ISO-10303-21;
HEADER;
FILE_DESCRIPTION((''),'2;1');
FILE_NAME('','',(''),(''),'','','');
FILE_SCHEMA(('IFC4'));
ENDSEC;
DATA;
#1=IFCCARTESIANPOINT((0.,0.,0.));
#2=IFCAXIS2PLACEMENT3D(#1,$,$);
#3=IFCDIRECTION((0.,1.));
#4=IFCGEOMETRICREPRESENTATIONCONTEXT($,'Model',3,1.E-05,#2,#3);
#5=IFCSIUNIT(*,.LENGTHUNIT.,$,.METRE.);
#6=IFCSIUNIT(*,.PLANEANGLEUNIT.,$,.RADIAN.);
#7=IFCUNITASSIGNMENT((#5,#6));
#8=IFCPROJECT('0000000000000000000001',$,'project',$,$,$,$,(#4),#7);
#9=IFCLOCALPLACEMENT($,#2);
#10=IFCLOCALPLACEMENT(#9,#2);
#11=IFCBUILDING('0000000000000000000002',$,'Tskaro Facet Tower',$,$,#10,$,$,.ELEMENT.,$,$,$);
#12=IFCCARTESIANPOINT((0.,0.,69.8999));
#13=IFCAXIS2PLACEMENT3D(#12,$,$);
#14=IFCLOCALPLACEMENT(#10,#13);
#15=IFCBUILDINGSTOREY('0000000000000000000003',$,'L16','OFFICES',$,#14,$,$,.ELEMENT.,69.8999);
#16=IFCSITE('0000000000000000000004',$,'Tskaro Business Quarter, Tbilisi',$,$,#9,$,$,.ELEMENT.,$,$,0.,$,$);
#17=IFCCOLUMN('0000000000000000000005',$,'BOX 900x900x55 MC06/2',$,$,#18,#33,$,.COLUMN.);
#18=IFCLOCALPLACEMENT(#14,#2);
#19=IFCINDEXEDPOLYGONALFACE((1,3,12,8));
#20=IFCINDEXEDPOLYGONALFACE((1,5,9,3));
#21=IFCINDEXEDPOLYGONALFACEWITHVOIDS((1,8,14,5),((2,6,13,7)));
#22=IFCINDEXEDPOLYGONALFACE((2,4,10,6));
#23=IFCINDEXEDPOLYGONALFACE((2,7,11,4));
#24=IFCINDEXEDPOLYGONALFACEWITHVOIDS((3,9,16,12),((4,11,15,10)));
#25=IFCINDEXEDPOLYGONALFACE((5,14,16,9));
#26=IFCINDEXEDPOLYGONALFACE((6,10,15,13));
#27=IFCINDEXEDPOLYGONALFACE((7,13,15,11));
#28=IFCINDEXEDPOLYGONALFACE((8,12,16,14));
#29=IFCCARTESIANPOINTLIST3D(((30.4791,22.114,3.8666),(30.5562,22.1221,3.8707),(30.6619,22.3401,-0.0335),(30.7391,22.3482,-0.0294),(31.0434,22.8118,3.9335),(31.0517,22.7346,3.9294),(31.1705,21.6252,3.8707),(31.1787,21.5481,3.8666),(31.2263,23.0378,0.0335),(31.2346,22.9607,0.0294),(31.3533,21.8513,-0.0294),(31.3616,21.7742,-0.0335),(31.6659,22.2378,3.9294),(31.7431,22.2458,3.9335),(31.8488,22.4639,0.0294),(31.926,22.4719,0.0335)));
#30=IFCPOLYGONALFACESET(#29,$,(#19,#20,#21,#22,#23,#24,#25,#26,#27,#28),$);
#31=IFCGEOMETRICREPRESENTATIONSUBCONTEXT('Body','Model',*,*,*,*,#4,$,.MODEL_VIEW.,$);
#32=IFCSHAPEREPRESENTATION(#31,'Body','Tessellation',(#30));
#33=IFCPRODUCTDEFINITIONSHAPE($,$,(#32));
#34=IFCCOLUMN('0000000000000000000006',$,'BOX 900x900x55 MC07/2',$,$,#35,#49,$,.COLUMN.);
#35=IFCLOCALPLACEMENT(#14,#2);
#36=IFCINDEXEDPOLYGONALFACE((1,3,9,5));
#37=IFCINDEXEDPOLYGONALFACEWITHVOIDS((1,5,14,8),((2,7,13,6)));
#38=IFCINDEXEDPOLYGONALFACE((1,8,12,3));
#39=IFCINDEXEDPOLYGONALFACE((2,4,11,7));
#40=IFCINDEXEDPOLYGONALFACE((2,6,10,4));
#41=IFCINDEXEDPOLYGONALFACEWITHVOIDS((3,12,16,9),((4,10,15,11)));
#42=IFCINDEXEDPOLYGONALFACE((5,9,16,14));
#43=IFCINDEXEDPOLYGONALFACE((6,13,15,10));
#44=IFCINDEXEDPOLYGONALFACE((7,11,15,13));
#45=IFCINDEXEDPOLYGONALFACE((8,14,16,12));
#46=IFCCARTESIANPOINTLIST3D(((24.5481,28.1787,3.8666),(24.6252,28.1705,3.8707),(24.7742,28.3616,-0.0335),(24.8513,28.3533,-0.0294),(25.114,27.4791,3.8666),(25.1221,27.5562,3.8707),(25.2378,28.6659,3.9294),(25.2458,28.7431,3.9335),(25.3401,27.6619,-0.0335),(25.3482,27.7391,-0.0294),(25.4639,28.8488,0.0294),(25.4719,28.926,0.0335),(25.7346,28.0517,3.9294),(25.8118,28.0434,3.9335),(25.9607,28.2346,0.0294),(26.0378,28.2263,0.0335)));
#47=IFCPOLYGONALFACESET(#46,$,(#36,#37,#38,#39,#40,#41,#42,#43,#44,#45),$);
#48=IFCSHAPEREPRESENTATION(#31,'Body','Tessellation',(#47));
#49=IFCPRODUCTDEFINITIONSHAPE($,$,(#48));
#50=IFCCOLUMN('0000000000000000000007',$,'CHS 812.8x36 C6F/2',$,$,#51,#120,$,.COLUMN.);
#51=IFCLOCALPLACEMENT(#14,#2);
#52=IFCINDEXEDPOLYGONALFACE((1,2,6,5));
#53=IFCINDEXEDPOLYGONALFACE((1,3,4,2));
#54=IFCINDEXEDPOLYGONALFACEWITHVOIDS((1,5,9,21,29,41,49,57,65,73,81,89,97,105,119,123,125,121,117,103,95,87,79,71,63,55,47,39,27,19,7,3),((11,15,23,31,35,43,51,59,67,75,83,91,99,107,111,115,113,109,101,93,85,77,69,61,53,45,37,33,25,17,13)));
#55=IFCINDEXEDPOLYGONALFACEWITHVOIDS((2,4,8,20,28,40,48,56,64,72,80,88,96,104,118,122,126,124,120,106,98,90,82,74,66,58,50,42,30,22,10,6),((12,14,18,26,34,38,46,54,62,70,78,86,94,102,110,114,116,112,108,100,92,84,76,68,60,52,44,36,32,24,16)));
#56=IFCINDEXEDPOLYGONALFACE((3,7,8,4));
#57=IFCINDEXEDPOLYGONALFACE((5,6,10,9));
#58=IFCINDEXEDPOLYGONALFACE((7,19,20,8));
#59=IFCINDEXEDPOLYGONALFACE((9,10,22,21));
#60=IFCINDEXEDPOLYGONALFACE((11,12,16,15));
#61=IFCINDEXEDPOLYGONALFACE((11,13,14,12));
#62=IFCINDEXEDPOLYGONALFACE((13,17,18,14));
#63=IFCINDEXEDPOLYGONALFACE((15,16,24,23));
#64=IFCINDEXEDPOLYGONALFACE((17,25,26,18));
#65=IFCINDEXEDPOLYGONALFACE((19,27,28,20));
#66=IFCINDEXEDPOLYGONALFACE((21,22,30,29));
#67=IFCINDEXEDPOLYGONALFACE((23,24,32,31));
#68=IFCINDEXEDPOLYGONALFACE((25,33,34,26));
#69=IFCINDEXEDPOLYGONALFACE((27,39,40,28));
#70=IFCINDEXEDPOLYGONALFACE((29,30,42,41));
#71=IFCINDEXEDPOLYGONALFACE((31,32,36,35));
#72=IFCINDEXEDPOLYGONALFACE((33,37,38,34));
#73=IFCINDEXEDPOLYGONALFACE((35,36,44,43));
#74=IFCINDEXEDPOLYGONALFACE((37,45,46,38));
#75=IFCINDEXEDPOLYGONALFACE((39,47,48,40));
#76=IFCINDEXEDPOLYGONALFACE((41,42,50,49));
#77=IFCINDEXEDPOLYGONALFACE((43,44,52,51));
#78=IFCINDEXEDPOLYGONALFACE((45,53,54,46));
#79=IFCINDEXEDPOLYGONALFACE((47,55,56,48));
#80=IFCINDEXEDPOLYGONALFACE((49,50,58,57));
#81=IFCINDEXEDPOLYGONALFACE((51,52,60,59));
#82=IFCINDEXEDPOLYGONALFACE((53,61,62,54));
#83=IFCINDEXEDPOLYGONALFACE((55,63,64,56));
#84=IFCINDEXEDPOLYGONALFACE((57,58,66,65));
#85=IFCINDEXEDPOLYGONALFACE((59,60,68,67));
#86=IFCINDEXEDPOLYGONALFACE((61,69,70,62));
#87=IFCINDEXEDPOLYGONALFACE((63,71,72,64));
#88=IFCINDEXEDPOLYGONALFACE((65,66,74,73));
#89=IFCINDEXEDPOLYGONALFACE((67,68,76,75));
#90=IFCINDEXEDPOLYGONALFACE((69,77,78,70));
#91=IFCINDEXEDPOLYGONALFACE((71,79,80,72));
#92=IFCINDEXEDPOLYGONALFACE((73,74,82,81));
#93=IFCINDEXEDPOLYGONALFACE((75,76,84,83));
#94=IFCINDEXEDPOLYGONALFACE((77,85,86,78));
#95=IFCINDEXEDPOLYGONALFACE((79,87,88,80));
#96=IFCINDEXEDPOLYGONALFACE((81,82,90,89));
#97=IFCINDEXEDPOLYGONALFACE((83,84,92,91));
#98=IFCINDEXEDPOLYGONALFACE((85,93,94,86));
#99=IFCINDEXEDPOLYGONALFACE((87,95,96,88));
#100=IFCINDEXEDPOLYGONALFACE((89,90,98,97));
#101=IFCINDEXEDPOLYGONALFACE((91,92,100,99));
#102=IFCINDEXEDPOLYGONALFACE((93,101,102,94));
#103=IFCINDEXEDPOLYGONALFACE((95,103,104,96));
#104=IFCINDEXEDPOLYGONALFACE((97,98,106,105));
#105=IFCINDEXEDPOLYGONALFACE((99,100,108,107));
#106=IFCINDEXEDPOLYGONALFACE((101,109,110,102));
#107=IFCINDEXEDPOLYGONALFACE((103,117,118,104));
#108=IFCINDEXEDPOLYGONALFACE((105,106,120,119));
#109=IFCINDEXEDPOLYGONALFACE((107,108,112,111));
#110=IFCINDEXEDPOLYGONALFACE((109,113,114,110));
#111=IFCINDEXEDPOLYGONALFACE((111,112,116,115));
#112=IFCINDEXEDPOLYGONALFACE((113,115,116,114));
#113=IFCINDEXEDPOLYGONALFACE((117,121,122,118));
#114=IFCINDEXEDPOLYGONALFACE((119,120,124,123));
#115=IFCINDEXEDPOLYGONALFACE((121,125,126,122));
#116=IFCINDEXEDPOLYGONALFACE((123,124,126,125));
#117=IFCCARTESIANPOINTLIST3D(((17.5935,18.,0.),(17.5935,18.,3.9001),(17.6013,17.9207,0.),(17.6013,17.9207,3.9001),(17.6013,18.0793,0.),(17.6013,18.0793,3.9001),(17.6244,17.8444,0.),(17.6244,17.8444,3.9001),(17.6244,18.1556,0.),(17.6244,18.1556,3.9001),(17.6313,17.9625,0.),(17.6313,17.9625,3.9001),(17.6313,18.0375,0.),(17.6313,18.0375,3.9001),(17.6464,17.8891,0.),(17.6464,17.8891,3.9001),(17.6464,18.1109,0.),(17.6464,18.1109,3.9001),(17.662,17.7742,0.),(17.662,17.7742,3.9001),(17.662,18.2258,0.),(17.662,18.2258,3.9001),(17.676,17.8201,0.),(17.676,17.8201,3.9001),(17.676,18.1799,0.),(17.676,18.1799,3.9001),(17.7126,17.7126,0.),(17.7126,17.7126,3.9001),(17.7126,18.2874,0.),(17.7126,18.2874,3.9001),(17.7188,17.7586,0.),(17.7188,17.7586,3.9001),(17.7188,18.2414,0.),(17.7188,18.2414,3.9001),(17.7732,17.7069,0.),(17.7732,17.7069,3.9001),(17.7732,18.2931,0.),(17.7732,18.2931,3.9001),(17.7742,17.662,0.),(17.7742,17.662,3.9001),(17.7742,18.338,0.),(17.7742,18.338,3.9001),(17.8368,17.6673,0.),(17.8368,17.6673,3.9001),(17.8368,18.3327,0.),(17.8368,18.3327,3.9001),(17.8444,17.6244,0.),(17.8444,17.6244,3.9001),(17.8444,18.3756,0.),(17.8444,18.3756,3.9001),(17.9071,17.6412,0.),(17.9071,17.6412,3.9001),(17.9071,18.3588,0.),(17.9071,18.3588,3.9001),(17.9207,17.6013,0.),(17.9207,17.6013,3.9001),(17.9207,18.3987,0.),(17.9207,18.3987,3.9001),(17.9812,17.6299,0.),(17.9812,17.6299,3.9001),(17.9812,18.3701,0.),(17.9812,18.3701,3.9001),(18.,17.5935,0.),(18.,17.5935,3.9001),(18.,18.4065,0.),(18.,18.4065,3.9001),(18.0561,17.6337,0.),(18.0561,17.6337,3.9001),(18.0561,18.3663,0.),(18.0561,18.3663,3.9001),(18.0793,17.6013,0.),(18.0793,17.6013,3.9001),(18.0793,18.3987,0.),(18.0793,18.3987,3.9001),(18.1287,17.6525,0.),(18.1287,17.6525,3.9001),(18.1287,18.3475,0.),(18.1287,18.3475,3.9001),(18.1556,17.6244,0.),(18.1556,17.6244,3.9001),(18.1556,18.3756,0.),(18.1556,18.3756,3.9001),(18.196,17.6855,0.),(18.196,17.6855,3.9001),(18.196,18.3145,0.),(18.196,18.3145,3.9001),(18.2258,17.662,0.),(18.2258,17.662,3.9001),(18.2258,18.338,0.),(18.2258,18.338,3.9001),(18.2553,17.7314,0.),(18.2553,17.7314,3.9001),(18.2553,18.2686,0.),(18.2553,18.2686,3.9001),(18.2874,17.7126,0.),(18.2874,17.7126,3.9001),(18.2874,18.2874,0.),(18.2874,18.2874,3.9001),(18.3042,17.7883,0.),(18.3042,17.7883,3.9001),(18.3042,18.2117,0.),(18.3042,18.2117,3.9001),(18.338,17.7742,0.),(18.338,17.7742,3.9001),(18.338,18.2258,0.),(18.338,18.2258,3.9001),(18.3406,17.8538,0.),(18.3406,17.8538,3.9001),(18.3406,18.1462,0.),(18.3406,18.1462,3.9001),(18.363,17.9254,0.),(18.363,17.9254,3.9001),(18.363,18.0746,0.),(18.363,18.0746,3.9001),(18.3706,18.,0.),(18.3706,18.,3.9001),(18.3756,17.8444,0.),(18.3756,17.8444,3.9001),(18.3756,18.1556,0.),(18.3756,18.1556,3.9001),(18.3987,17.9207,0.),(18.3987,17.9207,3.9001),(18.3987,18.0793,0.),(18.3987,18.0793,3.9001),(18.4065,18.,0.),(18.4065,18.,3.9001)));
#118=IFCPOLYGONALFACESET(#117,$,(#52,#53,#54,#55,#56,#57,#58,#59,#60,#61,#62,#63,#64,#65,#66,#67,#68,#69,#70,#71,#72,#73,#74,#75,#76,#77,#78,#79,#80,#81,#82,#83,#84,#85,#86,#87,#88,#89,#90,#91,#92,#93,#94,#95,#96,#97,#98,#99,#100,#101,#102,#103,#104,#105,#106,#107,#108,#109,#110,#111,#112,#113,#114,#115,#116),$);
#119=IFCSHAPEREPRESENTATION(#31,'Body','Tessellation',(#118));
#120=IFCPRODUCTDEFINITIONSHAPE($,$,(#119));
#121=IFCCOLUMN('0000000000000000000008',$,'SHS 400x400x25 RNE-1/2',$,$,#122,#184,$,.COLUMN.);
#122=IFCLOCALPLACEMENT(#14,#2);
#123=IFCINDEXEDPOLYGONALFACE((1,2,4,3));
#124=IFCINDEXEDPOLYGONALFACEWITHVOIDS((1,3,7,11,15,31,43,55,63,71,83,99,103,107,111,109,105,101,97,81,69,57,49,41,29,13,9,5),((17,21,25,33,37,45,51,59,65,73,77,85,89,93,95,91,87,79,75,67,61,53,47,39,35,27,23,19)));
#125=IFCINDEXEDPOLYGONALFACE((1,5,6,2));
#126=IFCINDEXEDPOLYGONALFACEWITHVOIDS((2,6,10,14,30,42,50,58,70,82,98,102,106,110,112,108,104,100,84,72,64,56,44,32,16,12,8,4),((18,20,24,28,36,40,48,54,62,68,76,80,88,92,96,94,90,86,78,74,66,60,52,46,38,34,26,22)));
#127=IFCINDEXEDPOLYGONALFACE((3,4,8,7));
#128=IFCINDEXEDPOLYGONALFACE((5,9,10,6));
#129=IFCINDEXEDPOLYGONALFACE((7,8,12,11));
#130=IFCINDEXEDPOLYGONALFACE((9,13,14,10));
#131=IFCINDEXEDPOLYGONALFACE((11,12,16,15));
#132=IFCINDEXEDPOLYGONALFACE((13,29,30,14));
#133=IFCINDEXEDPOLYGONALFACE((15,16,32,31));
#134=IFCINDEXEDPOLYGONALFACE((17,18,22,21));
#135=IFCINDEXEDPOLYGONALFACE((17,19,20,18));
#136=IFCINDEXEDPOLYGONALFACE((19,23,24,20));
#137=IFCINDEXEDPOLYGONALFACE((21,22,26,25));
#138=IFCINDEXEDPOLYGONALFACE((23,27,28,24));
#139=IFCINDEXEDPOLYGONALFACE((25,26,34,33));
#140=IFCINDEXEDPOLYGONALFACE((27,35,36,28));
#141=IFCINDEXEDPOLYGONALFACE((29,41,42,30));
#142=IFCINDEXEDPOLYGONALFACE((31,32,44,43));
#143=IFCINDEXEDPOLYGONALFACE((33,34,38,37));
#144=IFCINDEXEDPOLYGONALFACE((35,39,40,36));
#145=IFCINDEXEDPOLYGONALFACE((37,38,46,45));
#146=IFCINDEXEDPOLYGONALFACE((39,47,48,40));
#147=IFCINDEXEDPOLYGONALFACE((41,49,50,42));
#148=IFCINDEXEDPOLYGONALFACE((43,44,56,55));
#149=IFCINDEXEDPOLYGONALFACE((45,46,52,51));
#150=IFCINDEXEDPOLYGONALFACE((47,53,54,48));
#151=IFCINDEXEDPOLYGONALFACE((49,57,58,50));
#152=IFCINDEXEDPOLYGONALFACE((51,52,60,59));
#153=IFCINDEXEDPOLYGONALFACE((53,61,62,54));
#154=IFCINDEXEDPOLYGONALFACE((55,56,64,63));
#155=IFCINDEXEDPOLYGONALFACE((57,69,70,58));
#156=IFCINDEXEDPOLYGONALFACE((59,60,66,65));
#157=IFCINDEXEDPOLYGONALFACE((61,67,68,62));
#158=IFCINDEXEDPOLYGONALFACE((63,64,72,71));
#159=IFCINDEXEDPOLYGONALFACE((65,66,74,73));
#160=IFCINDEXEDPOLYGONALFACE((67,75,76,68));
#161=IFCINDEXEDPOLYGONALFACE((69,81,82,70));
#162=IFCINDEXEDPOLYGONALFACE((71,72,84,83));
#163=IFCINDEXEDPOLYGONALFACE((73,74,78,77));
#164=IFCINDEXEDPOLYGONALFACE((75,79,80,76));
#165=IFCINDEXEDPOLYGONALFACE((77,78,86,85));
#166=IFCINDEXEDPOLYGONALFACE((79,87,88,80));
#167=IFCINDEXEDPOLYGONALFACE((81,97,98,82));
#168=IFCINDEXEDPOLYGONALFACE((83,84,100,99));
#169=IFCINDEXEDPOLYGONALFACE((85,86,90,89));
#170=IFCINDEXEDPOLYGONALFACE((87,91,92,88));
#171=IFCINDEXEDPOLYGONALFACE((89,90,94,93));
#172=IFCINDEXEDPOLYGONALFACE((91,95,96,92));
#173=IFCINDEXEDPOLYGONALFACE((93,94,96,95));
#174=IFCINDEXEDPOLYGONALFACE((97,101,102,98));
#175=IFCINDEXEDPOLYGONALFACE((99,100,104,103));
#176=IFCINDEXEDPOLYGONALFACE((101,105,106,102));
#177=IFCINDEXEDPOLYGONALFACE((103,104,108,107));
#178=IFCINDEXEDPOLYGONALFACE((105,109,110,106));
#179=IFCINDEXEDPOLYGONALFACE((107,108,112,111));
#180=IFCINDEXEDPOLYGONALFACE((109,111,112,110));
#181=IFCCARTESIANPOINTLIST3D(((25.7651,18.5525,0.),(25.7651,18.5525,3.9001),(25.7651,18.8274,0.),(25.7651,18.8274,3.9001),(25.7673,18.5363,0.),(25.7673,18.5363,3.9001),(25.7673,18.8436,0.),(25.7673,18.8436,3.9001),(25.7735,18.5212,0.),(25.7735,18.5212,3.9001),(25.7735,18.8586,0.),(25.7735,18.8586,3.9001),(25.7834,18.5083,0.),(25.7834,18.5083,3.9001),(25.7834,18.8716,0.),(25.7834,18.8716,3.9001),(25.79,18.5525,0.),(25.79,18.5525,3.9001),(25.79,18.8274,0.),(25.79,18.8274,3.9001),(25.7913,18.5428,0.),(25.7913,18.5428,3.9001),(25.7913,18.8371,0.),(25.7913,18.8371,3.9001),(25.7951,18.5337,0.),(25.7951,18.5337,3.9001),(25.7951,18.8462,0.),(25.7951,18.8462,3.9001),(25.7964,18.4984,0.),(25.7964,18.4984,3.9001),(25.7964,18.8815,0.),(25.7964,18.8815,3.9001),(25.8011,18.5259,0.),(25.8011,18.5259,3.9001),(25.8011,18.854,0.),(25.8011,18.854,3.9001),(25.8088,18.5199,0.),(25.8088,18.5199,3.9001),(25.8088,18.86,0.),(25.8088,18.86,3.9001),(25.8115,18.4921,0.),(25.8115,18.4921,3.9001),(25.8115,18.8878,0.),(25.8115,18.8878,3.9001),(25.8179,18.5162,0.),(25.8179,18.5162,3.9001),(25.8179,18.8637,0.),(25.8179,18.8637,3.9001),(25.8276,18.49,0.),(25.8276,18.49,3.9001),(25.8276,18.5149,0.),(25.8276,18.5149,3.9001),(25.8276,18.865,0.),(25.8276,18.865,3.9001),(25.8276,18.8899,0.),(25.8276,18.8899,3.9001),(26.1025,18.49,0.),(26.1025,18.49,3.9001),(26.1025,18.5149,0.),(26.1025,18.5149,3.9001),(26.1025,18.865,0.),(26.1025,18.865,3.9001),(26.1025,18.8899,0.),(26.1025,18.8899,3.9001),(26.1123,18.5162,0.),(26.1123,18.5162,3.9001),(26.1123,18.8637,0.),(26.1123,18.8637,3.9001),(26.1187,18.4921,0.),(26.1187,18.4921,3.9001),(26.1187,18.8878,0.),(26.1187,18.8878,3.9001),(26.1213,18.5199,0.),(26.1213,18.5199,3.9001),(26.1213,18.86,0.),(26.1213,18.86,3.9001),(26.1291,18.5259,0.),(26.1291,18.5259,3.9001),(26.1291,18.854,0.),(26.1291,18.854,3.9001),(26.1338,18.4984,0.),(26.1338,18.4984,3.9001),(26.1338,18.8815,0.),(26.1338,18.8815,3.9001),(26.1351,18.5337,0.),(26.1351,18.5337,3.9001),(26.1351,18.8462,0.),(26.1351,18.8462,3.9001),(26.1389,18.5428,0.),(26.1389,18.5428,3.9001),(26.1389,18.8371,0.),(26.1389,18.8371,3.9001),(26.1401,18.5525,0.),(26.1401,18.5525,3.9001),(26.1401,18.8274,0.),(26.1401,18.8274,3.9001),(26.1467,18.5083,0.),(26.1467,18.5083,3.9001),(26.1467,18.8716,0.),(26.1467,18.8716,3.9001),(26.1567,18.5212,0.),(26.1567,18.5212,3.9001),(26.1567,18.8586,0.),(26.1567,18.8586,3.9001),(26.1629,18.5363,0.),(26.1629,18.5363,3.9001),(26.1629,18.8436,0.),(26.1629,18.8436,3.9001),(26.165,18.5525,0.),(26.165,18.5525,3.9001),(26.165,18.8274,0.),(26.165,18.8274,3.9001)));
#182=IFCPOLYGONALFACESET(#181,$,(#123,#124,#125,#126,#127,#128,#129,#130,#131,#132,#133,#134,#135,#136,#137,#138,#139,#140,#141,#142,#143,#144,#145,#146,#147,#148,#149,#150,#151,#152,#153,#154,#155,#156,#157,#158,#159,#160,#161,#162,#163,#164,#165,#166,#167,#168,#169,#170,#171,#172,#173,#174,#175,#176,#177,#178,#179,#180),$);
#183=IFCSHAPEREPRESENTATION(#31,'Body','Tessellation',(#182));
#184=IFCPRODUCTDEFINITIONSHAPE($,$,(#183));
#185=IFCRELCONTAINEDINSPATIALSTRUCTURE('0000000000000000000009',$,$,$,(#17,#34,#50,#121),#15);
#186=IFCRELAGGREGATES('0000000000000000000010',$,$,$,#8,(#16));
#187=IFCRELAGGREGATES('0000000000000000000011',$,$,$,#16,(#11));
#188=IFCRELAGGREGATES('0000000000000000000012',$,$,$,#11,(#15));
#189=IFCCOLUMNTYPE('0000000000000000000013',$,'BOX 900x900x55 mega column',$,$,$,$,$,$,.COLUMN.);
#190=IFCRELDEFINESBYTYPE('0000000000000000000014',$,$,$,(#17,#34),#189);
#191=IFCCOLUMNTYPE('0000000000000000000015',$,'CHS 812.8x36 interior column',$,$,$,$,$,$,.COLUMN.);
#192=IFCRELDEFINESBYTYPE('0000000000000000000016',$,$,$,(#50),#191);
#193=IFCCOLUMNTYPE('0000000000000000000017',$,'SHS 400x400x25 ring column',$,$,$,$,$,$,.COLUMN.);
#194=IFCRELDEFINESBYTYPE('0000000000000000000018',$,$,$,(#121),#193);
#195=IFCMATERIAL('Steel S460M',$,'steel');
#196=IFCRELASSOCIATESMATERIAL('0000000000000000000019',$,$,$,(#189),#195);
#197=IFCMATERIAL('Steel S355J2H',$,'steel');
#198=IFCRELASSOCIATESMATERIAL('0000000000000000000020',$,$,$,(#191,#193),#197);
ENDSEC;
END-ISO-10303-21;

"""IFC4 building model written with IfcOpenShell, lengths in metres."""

from ifc_helpers import new_model, si_unit, direction, frame, origin, origin_2d, place, context, subcontext, project, spatial, hollow_rectangle, hollow_circle, extrude, material, material_profile, profile_set, type_object, element, save


model = new_model("IFC4")

# Units and contexts
model_context = context("Model", 3, precision=1e-05, world=origin(), true_north=direction((0.0, 1.0)))
body_context = subcontext(model_context, "Body", "Model", "MODEL_VIEW")
ifc_project = project(units=[si_unit("LENGTHUNIT", "METRE"), si_unit("PLANEANGLEUNIT", "RADIAN")], contexts=[model_context])

# Site, building, storey
site_placement = place(None, origin())
site = spatial("IfcSite", under=ifc_project, at=site_placement, Name="Tskaro Business Quarter, Tbilisi", CompositionType="ELEMENT", RefElevation=0.0)
building_placement = place(site_placement, origin())
building = spatial("IfcBuilding", under=site, at=building_placement, Name="Tskaro Facet Tower", CompositionType="ELEMENT")
storey_placement = place(building_placement, frame((0.0, 0.0, 69.8999)))
storey = spatial("IfcBuildingStorey", under=building, at=storey_placement, Name="L16", Description="OFFICES", CompositionType="ELEMENT", Elevation=69.8999)

# Columns
ifc_material_1 = material(Name="Steel S460M", Category="steel")
ifc_material_profile_1 = material_profile(ifc_material_1, hollow_rectangle(XDim=0.8999, YDim=0.8999, WallThickness=0.0549, at=origin_2d()), Name="BOX 900x900x55")
ifc_profile_set_1 = profile_set([ifc_material_profile_1], Name="Steel S460M")
column_type_1 = type_object("IfcColumnType", Name="BOX 900x900x55 mega column", PredefinedType="COLUMN", material=ifc_profile_set_1)
for number, where, z_axis, x_axis, name in (
    (1, (31.2939, 22.406, 0.0), (-0.046756, -0.057805, 0.997232), (0.777499, -0.628884, 0.0), "BOX 900x900x55 MC06/2"),
    (2, (25.406, 28.2939, 0.0), (-0.057805, -0.046756, 0.997232), (0.628884, -0.777499, 0.0), "BOX 900x900x55 MC07/2"),
):
    element("IfcColumn", number, at=place(storey_placement, frame(where, z_axis=z_axis, x_axis=x_axis)), inside=storey, type_object=column_type_1, Name=name, PredefinedType="COLUMN", context=body_context, shape_type="SweptSolid", body=[
        extrude(hollow_rectangle(XDim=0.8999, YDim=0.8999, WallThickness=0.0549, at=origin_2d()), origin(), (0.0, 0.0, 1.0), 3.9109),
    ])
ifc_material_2 = material(Name="Steel S355J2H", Category="steel")
ifc_material_profile_2 = material_profile(ifc_material_2, hollow_circle(Radius=0.4065, WallThickness=0.0359, at=origin_2d()), Name="CHS 812.8x36")
ifc_profile_set_2 = profile_set([ifc_material_profile_2], Name="Steel S355J2H")
column_type_2 = type_object("IfcColumnType", Name="CHS 812.8x36 interior column", PredefinedType="COLUMN", material=ifc_profile_set_2)
column_placement = place(storey_placement, frame((18.0, 18.0, 0.0), z_axis=(0.0, 0.0, 1.0), x_axis=(1.0, 0.0, 0.0)))
element("IfcColumn", 3, at=column_placement, inside=storey, type_object=column_type_2, Name="CHS 812.8x36 C6F/2", PredefinedType="COLUMN", context=body_context, shape_type="SweptSolid", body=[
    extrude(hollow_circle(Radius=0.4065, WallThickness=0.0359, at=origin_2d()), origin(), (0.0, 0.0, 1.0), 3.9001),
])
ifc_material_profile_3 = material_profile(ifc_material_2, hollow_rectangle(XDim=0.3999, YDim=0.3999, WallThickness=0.0249, InnerFilletRadius=0.0376, OuterFilletRadius=0.0625, at=origin_2d()), Name="SHS 400x400x25")
ifc_profile_set_3 = profile_set([ifc_material_profile_3], Name="Steel S355J2H")
column_type_3 = type_object("IfcColumnType", Name="SHS 400x400x25 ring column", PredefinedType="COLUMN", material=ifc_profile_set_3)
for number, where, z_axis, x_axis, name in (
    (4, (25.9651, 18.6899, 0.0), (0.0, 0.0, 1.0), (1.0, 0.0, 0.0), "SHS 400x400x25 RNE-1/2"),
):
    element("IfcColumn", number, at=place(storey_placement, frame(where, z_axis=z_axis, x_axis=x_axis)), inside=storey, type_object=column_type_3, Name=name, PredefinedType="COLUMN", context=body_context, shape_type="SweptSolid", body=[
        extrude(hollow_rectangle(XDim=0.3999, YDim=0.3999, WallThickness=0.0249, InnerFilletRadius=0.0376, OuterFilletRadius=0.0625, at=origin_2d()), origin(), (0.0, 0.0, 1.0), 3.9001),
    ])

save(model, "model.ifc")
